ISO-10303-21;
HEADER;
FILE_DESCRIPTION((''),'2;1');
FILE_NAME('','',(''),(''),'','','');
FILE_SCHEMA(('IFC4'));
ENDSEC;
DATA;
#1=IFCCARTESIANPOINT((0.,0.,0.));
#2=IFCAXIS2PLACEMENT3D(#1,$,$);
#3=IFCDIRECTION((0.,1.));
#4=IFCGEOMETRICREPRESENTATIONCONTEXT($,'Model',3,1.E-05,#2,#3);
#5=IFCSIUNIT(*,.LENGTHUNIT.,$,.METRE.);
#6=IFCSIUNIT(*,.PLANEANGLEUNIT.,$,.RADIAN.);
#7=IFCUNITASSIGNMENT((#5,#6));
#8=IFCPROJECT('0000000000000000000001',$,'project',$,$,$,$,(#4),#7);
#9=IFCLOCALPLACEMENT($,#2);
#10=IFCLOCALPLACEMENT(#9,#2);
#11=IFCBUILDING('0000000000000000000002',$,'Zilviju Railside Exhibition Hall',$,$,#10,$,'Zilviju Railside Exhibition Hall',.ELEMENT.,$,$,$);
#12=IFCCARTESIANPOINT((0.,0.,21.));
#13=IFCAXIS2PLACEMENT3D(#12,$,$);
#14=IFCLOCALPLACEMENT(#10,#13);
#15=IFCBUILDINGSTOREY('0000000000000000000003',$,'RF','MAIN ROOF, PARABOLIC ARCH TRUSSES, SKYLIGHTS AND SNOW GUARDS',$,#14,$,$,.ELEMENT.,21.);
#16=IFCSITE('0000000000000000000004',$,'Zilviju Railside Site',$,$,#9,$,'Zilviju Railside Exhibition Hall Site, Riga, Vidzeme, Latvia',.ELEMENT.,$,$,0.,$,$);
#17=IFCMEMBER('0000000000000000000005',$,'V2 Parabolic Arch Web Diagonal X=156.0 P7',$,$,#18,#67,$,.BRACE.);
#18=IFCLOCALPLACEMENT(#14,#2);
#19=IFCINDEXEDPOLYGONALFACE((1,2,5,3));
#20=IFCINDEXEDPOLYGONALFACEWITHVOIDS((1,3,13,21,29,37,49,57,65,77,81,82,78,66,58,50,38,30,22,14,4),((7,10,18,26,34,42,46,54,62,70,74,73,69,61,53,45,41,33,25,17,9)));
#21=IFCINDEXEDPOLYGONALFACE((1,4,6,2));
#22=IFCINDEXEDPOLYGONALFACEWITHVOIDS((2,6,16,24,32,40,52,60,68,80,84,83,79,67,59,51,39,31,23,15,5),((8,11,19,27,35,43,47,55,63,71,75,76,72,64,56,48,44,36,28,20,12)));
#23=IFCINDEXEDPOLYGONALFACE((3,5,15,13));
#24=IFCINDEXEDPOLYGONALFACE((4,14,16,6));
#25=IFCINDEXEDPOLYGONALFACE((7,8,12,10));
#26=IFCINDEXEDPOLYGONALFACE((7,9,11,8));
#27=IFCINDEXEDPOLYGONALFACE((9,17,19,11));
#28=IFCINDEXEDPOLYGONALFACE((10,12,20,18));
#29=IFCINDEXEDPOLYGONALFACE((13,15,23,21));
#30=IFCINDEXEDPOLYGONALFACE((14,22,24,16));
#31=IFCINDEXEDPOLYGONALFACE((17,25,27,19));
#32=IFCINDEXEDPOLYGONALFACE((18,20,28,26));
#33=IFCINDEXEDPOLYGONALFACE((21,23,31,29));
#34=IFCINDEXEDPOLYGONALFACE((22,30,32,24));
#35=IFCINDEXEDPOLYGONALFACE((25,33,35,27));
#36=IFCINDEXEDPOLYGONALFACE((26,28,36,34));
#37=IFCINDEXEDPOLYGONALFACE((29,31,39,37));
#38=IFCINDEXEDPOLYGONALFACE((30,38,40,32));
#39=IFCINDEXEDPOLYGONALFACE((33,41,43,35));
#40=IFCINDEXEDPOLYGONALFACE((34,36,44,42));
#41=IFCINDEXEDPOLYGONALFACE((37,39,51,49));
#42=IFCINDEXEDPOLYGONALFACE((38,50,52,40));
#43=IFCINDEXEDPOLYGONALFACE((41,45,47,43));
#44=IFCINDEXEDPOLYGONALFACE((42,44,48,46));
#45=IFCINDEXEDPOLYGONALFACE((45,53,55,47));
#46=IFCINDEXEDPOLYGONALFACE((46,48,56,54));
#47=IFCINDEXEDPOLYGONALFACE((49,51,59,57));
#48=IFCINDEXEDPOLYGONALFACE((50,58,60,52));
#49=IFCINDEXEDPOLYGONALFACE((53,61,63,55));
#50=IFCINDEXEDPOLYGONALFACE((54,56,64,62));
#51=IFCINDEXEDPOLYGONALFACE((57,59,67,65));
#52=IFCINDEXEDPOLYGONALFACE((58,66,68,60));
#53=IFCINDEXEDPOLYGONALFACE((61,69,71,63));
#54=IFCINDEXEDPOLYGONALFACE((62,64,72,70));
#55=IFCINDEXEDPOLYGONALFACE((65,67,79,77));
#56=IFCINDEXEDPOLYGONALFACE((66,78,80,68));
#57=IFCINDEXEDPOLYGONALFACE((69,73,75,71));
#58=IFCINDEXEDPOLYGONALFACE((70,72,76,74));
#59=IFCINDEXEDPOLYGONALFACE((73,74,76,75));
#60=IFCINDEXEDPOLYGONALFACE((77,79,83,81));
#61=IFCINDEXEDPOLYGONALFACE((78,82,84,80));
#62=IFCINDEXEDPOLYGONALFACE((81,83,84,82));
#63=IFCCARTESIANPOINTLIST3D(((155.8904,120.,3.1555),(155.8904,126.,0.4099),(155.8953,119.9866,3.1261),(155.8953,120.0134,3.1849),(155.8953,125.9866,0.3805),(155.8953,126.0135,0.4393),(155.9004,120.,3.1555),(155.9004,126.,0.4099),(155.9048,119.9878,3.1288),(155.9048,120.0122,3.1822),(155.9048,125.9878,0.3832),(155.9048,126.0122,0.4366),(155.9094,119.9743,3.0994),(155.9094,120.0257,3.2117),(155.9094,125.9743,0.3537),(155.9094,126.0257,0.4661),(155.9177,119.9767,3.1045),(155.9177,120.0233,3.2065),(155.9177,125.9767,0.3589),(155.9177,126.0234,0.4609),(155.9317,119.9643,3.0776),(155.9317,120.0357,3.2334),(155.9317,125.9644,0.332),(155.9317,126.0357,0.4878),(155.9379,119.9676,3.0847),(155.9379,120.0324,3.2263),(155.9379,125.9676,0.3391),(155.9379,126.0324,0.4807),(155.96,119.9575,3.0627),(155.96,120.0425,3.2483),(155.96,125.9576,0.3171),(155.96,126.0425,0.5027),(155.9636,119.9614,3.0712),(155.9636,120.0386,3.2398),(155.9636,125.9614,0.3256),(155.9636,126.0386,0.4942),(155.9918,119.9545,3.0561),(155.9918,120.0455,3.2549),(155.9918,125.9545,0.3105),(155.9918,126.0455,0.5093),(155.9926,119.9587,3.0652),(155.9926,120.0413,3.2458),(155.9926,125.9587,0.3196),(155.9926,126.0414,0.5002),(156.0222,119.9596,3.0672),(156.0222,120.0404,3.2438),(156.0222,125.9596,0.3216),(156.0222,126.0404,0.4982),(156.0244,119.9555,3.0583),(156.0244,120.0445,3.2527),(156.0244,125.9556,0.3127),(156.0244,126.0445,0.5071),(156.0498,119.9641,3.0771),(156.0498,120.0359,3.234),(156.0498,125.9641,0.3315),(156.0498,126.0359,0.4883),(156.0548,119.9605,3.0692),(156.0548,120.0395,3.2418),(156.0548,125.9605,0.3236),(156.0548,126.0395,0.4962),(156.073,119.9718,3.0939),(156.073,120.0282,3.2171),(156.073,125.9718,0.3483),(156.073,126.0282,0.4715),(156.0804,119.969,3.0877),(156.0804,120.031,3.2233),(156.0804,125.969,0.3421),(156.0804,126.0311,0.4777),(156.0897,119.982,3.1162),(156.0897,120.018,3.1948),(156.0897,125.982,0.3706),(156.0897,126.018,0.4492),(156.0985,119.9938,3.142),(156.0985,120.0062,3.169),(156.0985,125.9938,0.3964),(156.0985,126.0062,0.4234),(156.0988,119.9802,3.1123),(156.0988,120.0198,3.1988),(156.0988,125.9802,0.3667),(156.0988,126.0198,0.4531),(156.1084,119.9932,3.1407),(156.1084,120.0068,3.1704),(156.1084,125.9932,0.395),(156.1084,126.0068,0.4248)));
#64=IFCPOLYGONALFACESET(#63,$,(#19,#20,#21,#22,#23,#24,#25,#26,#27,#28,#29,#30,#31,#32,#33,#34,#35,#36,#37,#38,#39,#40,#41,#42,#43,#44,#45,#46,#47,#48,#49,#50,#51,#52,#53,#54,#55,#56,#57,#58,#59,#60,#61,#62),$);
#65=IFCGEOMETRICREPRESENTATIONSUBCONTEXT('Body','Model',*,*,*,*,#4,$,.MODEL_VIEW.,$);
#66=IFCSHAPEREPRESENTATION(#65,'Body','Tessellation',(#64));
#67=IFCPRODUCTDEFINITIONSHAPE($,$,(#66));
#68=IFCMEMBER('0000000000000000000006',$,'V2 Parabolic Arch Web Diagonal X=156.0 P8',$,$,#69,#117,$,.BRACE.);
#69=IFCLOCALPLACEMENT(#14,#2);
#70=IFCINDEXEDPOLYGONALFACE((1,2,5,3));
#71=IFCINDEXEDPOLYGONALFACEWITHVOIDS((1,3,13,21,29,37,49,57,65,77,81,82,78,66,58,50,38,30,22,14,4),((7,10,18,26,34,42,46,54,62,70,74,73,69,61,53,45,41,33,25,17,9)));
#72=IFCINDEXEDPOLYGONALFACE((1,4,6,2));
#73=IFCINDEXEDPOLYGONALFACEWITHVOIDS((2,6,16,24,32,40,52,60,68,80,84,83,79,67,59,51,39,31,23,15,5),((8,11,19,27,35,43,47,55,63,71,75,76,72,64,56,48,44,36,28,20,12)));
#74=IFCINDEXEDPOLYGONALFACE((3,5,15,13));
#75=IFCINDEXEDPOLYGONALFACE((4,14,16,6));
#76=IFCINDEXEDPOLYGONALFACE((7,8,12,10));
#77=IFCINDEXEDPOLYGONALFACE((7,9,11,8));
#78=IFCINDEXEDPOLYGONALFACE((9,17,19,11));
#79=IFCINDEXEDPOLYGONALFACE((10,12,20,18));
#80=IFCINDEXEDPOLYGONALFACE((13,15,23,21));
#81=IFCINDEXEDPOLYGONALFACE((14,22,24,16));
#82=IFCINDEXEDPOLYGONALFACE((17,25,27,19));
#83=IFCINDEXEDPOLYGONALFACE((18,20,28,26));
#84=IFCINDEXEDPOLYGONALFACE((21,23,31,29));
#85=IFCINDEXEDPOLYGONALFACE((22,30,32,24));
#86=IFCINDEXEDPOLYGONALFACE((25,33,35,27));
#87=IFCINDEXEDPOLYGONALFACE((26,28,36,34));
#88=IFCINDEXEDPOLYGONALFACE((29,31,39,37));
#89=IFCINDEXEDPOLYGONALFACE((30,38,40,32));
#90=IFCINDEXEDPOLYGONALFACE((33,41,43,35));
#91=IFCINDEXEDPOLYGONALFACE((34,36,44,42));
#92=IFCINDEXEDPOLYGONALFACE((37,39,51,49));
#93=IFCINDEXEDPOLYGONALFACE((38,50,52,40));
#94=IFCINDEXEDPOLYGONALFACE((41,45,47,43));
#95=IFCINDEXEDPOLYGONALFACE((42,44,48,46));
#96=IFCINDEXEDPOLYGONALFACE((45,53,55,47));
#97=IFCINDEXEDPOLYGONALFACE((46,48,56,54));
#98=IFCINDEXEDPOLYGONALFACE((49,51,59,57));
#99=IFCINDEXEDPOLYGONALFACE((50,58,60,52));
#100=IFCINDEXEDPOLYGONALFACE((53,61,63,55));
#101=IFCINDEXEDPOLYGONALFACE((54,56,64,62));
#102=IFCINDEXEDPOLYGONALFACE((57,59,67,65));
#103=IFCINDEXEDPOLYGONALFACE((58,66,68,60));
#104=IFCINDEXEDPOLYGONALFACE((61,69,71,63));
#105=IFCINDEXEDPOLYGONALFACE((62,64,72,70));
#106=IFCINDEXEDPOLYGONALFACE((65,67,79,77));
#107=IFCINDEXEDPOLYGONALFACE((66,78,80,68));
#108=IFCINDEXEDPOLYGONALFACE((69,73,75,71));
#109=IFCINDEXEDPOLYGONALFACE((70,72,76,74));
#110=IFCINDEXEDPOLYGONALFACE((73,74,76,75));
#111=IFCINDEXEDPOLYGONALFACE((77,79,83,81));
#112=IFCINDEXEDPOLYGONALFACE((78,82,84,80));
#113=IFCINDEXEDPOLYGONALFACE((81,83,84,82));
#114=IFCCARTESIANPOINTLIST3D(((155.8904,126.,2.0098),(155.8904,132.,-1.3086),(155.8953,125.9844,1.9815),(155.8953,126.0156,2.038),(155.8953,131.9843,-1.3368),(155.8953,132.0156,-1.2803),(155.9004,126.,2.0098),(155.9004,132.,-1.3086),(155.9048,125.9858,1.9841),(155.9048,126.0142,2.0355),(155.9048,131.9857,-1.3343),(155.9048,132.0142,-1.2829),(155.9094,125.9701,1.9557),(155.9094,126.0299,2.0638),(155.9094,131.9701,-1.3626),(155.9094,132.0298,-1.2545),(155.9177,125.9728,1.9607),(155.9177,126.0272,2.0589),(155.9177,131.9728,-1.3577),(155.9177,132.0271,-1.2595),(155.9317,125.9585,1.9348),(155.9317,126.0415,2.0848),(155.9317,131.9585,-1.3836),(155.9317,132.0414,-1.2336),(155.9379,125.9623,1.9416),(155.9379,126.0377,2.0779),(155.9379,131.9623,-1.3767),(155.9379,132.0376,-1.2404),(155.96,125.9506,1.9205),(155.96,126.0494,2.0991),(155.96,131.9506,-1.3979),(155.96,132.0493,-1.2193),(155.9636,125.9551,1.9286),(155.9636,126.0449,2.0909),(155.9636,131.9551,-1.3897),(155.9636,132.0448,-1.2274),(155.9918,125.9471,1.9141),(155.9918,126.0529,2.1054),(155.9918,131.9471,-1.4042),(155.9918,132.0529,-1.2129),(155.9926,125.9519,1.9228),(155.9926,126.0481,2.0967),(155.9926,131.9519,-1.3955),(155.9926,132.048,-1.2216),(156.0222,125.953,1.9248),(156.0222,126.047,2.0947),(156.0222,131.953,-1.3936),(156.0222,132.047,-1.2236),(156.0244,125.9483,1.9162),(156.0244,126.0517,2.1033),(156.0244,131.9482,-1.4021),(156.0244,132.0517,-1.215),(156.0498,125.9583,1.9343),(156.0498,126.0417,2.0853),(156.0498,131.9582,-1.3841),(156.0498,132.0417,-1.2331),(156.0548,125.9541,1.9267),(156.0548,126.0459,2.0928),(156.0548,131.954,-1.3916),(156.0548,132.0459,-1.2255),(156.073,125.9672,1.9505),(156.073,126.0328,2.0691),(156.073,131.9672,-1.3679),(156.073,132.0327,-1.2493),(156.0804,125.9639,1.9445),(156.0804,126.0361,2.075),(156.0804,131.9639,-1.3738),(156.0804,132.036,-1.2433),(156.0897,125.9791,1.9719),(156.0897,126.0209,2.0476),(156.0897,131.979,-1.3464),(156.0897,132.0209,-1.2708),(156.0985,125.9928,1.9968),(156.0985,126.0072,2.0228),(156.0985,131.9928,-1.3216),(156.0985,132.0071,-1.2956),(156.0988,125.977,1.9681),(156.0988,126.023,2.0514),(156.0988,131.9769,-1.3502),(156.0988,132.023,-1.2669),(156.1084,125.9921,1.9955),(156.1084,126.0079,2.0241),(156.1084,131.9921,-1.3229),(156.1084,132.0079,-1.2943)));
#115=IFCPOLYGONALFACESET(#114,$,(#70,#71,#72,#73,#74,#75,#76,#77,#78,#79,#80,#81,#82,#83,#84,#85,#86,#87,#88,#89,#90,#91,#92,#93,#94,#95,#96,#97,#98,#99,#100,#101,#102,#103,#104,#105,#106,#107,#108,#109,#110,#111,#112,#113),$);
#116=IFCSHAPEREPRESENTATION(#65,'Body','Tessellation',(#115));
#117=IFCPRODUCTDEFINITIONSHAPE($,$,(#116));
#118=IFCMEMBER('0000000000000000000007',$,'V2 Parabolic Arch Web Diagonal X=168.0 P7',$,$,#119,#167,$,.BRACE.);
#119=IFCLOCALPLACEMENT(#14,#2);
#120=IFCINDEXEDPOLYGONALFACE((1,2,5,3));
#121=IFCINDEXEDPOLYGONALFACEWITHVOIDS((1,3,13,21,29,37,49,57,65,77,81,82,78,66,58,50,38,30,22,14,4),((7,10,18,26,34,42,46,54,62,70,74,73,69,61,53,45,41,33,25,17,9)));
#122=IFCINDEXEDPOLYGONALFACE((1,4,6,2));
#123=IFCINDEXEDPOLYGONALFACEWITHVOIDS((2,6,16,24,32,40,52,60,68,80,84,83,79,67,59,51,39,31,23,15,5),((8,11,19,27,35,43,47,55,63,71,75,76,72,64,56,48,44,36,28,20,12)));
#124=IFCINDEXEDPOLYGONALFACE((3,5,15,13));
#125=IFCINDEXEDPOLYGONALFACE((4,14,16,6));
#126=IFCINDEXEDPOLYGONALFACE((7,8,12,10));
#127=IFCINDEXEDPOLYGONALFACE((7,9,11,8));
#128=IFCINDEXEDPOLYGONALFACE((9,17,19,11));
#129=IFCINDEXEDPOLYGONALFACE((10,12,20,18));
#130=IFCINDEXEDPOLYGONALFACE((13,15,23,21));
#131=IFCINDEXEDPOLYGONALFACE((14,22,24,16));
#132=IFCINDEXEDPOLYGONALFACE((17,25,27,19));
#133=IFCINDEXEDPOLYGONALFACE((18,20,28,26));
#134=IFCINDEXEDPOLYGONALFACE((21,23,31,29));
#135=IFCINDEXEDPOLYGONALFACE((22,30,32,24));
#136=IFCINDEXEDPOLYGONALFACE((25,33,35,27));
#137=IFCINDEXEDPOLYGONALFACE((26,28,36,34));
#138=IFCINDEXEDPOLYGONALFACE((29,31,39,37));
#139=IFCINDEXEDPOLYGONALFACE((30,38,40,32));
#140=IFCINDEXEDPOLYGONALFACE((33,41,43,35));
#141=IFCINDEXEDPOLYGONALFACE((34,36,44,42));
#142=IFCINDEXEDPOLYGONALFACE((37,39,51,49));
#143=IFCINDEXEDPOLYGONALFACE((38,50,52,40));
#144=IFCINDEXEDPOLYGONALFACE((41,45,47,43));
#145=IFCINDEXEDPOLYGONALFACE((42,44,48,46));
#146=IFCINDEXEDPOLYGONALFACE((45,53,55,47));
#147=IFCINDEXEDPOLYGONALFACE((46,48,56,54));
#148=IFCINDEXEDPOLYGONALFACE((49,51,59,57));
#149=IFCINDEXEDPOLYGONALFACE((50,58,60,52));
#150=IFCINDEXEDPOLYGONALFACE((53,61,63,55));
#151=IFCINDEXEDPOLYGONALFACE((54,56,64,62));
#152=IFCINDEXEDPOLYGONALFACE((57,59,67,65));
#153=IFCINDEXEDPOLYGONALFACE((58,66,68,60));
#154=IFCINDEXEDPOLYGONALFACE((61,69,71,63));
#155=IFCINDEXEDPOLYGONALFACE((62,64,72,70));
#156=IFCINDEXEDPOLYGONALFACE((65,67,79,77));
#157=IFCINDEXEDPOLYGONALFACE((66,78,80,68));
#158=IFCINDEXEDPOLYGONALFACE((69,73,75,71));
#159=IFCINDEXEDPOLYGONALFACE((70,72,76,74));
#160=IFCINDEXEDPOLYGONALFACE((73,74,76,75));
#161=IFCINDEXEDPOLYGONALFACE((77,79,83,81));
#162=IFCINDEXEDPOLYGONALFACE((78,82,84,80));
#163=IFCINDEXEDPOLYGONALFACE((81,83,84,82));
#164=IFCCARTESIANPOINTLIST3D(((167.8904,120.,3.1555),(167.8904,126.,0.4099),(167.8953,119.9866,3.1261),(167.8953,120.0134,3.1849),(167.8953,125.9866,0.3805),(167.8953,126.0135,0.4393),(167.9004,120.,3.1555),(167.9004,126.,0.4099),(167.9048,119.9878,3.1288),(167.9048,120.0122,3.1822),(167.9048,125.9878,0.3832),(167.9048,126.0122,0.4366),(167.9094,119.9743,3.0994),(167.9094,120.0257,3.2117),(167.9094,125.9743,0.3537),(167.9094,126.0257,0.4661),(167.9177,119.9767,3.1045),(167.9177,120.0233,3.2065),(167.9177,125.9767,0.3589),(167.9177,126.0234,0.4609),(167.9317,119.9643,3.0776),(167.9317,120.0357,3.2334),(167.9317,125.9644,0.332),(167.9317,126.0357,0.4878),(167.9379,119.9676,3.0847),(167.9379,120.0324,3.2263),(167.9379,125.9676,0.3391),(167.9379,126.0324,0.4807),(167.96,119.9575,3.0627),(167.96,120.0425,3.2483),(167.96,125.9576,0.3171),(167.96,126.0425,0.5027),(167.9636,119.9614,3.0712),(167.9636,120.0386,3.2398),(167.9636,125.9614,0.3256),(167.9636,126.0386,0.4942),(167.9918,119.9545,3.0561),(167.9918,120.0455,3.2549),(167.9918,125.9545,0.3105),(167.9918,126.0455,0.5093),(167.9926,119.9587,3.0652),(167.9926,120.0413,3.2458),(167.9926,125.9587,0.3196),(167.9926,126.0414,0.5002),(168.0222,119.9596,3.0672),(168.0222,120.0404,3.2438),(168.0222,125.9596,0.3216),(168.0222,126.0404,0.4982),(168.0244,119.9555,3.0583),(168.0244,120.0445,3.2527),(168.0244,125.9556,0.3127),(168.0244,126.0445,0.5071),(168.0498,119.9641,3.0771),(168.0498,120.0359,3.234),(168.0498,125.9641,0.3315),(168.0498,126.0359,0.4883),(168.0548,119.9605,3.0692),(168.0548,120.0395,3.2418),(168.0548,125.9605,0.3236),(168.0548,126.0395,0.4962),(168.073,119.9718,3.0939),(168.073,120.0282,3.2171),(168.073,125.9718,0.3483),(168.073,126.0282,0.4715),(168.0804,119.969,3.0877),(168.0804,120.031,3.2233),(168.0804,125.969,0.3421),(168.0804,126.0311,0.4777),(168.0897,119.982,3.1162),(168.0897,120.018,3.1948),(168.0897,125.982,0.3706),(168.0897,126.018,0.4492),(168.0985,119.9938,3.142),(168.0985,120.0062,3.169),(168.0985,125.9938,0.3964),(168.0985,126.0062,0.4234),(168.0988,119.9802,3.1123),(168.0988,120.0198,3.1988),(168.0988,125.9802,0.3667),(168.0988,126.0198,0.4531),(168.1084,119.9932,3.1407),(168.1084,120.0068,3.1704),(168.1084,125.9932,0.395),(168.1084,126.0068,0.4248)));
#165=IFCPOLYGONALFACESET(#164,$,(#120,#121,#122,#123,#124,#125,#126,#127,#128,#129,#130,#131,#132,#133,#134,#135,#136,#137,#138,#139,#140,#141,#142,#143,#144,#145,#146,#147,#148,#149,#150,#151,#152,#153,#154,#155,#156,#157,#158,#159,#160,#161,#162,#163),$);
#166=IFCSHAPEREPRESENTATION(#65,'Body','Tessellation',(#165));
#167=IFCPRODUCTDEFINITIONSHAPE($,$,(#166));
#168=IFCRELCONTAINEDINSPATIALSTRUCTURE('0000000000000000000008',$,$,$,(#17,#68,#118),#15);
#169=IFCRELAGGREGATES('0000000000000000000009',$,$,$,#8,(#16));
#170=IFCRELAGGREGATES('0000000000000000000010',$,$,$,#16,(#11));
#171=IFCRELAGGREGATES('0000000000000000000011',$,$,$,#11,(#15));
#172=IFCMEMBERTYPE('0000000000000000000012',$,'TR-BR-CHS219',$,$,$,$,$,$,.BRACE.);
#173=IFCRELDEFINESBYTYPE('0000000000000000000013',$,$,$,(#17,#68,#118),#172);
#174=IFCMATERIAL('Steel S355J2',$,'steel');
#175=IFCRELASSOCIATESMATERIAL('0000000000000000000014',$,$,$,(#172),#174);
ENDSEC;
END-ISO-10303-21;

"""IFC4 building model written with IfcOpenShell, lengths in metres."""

from ifc_helpers import new_model, si_unit, direction, frame, origin, origin_2d, place, context, subcontext, project, spatial, hollow_circle, extrude, material, material_profile, profile_set, type_object, element, save


model = new_model("IFC4")

# Units and contexts
model_context = context("Model", 3, precision=1e-05, world=origin(), true_north=direction((0.0, 1.0)))
body_context = subcontext(model_context, "Body", "Model", "MODEL_VIEW")
ifc_project = project(units=[si_unit("LENGTHUNIT", "METRE"), si_unit("PLANEANGLEUNIT", "RADIAN")], contexts=[model_context])

# Site, building, storey
site_placement = place(None, origin())
site = spatial("IfcSite", under=ifc_project, at=site_placement, Name="Zilviju Railside Site", LongName="Zilviju Railside Exhibition Hall Site, Riga, Vidzeme, Latvia", CompositionType="ELEMENT", RefElevation=0.0)
building_placement = place(site_placement, origin())
building = spatial("IfcBuilding", under=site, at=building_placement, Name="Zilviju Railside Exhibition Hall", LongName="Zilviju Railside Exhibition Hall", CompositionType="ELEMENT")
storey_placement = place(building_placement, frame((0.0, 0.0, 21.0)))
storey = spatial("IfcBuildingStorey", under=building, at=storey_placement, Name="RF", Description="MAIN ROOF, PARABOLIC ARCH TRUSSES, SKYLIGHTS AND SNOW GUARDS", CompositionType="ELEMENT", Elevation=21.0)

# Members
ifc_material_1 = material(Name="Steel S355J2", Category="steel")
ifc_material_profile_1 = material_profile(ifc_material_1, hollow_circle(Radius=0.1096, WallThickness=0.01, at=origin_2d()), Name="CHS 219.1x10.0")
ifc_profile_set_1 = profile_set([ifc_material_profile_1], Name="Steel S355J2")
member_type_1 = type_object("IfcMemberType", Name="TR-BR-CHS219", PredefinedType="BRACE", material=ifc_profile_set_1)
member_1_placement = place(storey_placement, frame((156.0, 120.0, 3.1555), z_axis=(0.0, 0.909317, -0.416104), x_axis=(-1.0, 0.0, 0.0)))
element("IfcMember", 1, at=member_1_placement, inside=storey, type_object=member_type_1, Name="V2 Parabolic Arch Web Diagonal X=156.0 P7", PredefinedType="BRACE", context=body_context, shape_type="SweptSolid", body=[
    extrude(hollow_circle(Radius=0.1096, WallThickness=0.01, at=origin_2d()), origin(), (0.0, 0.0, 1.0), 6.5984),
])
member_2_placement = place(storey_placement, frame((156.0, 126.0, 2.0098), z_axis=(0.0, 0.875083, -0.483973), x_axis=(-1.0, 0.0, 0.0)))
element("IfcMember", 2, at=member_2_placement, inside=storey, type_object=member_type_1, Name="V2 Parabolic Arch Web Diagonal X=156.0 P8", PredefinedType="BRACE", context=body_context, shape_type="SweptSolid", body=[
    extrude(hollow_circle(Radius=0.1096, WallThickness=0.01, at=origin_2d()), origin(), (0.0, 0.0, 1.0), 6.8564),
])
member_3_placement = place(storey_placement, frame((168.0, 120.0, 3.1555), z_axis=(0.0, 0.909317, -0.416104), x_axis=(-1.0, 0.0, 0.0)))
element("IfcMember", 3, at=member_3_placement, inside=storey, type_object=member_type_1, Name="V2 Parabolic Arch Web Diagonal X=168.0 P7", PredefinedType="BRACE", context=body_context, shape_type="SweptSolid", body=[
    extrude(hollow_circle(Radius=0.1096, WallThickness=0.01, at=origin_2d()), origin(), (0.0, 0.0, 1.0), 6.5984),
])

save(model, "model.ifc")
